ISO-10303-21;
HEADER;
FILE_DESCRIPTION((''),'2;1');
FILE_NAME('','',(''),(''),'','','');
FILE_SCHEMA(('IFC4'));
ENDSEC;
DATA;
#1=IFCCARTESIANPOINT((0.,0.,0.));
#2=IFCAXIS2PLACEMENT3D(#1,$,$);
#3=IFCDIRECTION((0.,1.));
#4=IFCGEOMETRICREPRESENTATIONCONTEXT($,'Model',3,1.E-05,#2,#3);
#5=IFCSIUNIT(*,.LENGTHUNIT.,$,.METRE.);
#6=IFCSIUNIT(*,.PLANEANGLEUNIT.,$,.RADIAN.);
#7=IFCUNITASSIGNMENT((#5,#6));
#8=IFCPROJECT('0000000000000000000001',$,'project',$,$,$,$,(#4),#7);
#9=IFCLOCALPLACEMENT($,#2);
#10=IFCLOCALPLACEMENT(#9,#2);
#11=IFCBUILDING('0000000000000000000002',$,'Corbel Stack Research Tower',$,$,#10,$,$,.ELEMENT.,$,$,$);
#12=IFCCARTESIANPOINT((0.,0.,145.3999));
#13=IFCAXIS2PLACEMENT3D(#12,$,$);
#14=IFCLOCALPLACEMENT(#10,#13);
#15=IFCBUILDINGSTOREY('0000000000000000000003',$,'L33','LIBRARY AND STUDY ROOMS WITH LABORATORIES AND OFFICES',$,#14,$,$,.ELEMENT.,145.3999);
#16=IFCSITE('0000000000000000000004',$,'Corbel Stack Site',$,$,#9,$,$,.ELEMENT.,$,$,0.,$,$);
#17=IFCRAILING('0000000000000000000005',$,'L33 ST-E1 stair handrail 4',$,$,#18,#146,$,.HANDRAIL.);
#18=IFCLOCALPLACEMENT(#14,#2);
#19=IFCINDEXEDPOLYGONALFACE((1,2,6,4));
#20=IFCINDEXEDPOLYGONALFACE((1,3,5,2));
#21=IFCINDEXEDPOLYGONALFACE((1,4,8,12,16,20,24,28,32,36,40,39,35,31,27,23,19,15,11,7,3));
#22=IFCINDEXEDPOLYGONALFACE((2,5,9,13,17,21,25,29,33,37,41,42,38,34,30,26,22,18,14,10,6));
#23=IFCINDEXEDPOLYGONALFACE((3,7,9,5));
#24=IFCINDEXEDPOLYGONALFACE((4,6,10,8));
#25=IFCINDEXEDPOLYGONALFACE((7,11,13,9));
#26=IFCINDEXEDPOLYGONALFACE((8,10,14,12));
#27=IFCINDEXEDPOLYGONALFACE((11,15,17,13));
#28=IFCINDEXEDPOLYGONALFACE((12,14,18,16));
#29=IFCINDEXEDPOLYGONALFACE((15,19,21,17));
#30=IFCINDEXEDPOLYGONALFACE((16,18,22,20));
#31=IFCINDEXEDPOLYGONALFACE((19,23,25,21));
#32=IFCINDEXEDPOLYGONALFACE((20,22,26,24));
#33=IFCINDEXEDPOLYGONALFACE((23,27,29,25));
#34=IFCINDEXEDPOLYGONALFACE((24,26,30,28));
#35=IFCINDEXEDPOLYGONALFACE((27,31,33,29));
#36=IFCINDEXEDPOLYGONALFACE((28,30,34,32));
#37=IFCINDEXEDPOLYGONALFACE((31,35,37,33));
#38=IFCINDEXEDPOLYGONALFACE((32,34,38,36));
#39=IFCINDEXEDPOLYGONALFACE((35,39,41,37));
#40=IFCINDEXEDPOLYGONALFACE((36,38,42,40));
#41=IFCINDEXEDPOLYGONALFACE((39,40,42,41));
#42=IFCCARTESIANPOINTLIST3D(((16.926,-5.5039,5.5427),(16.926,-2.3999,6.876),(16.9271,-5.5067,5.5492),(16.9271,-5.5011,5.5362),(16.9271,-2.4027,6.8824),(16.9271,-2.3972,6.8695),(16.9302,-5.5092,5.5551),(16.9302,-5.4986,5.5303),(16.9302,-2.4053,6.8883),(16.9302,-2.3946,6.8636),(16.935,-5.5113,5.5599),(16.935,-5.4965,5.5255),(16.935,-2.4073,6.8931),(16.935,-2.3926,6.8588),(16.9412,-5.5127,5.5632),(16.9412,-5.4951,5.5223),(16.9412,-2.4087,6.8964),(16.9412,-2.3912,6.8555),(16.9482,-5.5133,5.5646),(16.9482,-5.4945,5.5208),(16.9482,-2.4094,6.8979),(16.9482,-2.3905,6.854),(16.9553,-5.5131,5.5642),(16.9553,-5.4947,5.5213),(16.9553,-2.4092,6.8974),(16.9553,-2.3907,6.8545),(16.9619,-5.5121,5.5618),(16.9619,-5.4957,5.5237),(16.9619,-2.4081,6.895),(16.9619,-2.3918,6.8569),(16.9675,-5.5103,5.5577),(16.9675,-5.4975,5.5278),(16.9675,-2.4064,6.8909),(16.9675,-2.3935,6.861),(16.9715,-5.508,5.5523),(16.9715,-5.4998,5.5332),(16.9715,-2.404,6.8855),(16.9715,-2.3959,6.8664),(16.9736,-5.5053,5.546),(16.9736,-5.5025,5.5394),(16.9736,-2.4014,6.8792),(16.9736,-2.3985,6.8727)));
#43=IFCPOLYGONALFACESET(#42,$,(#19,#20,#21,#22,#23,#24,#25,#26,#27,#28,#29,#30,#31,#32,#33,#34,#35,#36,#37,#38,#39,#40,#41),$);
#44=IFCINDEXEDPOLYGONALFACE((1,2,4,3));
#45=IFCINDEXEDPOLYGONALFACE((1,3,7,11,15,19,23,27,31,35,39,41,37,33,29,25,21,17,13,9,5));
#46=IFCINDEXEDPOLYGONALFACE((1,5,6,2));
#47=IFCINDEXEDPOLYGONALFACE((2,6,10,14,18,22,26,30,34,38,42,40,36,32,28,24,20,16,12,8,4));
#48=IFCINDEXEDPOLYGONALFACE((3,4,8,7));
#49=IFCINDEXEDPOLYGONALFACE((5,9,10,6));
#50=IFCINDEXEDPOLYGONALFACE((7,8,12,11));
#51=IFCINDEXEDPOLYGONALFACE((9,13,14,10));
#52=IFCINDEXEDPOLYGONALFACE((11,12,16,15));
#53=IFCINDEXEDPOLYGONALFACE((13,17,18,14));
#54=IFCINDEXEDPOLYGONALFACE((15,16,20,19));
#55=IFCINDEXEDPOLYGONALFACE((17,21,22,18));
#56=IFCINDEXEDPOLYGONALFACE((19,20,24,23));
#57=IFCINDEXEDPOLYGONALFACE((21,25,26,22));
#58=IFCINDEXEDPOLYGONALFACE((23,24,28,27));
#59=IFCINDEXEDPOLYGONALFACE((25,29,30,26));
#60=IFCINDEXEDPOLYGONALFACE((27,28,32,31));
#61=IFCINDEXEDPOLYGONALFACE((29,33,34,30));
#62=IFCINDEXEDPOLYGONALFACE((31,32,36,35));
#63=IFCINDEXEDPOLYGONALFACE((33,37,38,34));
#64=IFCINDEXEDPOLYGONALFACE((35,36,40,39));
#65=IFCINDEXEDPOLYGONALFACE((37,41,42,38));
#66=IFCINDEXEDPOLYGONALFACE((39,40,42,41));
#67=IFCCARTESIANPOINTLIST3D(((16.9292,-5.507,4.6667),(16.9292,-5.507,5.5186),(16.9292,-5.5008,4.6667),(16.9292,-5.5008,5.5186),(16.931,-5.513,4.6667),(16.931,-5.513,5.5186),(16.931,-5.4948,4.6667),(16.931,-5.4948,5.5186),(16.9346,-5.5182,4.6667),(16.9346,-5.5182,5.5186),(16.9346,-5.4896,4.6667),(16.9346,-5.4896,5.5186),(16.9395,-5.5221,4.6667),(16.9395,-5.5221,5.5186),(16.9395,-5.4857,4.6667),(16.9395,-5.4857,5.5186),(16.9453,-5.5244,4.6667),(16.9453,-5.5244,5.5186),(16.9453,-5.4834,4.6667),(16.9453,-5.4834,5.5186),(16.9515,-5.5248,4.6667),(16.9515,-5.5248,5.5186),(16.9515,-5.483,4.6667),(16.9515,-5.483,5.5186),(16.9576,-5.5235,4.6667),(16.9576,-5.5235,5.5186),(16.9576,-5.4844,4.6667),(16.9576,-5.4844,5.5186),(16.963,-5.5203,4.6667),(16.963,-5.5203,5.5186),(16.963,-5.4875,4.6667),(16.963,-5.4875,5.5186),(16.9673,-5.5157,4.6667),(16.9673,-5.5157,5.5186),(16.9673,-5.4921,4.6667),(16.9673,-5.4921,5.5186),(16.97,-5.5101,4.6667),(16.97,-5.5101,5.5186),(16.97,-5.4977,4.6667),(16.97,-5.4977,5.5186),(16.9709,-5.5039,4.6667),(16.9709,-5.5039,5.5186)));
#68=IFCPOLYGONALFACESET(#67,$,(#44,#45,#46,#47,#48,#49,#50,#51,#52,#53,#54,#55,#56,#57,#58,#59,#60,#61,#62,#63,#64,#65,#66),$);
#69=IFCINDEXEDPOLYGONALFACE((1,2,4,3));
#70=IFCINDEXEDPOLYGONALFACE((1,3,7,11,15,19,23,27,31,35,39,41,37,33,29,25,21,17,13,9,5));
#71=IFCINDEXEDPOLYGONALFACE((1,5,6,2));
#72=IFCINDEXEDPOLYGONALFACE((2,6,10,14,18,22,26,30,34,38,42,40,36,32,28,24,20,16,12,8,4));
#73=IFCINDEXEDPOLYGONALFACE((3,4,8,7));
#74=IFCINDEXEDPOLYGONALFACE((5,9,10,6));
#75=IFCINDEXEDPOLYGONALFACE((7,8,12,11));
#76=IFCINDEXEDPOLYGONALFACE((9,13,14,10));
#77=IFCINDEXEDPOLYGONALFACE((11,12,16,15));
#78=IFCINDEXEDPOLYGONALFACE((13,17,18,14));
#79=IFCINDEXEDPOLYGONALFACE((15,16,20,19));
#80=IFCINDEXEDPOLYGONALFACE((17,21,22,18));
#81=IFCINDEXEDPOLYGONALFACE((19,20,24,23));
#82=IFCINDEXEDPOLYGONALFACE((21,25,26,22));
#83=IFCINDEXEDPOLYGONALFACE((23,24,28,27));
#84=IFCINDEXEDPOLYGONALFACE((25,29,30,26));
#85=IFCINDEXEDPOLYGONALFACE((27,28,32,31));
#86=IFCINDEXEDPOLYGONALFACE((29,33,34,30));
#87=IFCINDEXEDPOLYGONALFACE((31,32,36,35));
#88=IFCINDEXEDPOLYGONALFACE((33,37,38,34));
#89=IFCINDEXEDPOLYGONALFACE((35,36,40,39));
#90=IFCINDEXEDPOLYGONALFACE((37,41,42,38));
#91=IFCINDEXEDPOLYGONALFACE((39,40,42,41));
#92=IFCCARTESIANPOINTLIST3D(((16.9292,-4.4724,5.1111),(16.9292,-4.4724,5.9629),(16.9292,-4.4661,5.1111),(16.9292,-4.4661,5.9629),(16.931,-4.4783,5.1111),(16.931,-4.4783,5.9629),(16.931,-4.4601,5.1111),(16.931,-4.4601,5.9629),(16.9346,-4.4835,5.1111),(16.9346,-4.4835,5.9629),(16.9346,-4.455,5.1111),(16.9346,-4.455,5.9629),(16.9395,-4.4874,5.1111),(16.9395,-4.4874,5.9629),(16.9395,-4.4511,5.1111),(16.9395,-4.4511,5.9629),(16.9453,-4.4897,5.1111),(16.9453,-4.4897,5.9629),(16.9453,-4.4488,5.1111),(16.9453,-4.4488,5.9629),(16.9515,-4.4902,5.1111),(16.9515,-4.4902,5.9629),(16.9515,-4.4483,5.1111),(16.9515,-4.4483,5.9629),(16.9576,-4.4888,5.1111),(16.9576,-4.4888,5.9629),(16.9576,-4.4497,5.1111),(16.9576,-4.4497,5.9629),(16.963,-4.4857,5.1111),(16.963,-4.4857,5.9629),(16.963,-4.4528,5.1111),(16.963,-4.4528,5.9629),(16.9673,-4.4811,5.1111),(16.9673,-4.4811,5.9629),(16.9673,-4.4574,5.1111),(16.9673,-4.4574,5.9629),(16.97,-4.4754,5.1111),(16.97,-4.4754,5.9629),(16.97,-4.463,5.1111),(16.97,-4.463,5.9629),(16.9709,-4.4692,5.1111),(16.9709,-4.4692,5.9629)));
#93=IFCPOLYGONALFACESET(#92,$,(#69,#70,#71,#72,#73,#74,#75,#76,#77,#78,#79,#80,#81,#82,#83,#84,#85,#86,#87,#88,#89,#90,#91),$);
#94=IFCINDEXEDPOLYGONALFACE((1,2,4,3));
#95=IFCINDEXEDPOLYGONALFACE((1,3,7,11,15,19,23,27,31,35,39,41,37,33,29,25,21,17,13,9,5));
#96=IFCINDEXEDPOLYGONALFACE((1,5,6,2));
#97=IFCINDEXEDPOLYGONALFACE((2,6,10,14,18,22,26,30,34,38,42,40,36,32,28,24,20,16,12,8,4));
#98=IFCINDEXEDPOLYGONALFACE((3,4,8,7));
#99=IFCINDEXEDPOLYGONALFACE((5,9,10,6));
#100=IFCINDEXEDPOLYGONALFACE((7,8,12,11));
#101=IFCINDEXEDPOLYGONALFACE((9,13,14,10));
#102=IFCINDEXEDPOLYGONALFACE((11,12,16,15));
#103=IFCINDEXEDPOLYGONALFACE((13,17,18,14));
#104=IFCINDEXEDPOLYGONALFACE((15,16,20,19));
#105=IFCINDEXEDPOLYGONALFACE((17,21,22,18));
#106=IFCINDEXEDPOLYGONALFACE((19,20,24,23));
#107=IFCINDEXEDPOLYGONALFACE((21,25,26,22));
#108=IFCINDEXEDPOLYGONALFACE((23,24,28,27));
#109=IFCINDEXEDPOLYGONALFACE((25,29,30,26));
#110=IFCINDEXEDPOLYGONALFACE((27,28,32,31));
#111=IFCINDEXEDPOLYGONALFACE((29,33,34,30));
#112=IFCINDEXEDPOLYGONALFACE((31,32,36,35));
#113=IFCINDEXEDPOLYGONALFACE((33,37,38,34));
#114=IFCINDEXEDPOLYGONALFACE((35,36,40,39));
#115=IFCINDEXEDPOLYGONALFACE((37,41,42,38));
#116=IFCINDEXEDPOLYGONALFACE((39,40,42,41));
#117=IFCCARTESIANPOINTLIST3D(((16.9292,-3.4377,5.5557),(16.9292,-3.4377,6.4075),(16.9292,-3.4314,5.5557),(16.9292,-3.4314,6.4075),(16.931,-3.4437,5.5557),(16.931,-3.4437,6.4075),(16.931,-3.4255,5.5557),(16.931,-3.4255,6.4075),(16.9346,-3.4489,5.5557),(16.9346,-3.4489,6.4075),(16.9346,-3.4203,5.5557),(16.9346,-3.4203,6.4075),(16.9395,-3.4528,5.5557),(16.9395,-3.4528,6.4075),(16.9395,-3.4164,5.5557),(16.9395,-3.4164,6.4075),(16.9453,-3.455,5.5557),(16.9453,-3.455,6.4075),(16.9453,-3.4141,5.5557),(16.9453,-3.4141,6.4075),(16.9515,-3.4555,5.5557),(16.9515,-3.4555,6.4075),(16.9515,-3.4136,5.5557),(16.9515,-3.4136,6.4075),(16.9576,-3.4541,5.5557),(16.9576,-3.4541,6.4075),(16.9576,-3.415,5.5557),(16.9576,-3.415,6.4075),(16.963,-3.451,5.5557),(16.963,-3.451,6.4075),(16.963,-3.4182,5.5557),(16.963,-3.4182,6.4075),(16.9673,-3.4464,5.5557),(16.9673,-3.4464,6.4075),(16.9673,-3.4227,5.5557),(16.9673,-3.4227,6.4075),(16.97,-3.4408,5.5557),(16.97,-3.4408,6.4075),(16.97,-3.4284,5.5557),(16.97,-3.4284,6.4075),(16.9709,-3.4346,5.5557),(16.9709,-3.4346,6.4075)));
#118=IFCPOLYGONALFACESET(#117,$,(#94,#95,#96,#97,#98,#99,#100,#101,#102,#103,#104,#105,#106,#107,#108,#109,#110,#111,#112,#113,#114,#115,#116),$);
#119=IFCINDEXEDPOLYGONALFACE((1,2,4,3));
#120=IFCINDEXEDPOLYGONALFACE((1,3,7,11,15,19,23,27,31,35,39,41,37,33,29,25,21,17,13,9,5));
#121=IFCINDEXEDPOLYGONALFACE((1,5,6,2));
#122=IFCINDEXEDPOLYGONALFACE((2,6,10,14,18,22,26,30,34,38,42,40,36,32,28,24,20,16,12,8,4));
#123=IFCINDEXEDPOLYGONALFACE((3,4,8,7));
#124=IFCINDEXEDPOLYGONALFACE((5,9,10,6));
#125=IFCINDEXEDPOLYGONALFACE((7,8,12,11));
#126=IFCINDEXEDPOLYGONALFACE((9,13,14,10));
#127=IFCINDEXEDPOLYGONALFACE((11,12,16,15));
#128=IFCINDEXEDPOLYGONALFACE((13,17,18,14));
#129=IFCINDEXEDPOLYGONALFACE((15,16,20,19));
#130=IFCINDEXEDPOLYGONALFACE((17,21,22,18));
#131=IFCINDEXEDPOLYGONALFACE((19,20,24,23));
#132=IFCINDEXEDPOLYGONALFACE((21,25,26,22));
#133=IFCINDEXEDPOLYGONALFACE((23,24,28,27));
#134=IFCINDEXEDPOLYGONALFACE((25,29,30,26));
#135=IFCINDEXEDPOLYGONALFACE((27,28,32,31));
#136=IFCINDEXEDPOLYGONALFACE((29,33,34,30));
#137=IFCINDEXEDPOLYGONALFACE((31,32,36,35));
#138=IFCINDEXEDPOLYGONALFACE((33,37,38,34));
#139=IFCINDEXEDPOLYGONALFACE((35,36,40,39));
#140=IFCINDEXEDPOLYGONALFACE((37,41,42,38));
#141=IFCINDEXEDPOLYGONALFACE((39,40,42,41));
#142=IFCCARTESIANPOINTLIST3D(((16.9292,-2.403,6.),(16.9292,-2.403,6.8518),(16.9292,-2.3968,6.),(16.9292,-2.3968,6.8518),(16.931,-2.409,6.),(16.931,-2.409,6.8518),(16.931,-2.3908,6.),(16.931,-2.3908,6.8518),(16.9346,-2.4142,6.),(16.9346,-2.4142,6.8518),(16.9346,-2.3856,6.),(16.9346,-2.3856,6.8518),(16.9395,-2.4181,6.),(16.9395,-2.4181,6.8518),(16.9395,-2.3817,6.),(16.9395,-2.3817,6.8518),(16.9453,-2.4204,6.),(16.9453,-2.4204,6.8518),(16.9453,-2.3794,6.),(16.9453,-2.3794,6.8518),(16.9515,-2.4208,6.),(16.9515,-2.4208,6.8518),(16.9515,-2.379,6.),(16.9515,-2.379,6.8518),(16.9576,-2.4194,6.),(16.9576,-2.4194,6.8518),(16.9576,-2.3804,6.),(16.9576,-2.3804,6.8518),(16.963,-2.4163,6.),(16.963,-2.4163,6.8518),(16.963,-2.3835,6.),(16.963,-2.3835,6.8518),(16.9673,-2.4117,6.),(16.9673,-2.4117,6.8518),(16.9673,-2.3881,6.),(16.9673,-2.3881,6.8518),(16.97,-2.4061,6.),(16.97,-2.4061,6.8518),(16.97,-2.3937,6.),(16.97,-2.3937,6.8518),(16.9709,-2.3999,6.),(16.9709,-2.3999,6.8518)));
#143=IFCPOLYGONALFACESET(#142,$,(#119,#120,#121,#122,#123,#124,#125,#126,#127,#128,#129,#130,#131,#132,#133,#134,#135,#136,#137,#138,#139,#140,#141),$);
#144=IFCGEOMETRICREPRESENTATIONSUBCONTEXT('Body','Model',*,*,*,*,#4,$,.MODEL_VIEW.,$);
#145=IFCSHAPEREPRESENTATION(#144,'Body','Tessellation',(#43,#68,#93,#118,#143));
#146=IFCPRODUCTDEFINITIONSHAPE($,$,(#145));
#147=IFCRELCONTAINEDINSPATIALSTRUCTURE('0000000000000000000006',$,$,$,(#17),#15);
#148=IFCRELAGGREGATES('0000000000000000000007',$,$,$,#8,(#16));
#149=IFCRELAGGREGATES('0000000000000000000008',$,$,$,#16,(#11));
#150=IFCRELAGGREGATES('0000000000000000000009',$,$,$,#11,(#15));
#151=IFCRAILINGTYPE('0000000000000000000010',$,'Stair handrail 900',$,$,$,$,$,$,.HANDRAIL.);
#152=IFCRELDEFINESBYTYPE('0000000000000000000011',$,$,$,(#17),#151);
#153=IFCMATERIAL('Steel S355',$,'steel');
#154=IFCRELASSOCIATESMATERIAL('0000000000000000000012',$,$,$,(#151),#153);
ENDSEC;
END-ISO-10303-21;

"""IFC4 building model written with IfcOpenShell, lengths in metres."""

from ifc_helpers import new_model, si_unit, direction, frame, origin, origin_2d, place, context, subcontext, project, spatial, circle, extrude, material, type_object, element, save


model = new_model("IFC4")

# Units and contexts
model_context = context("Model", 3, precision=1e-05, world=origin(), true_north=direction((0.0, 1.0)))
body_context = subcontext(model_context, "Body", "Model", "MODEL_VIEW")
ifc_project = project(units=[si_unit("LENGTHUNIT", "METRE"), si_unit("PLANEANGLEUNIT", "RADIAN")], contexts=[model_context])

# Site, building, storey
site_placement = place(None, origin())
site = spatial("IfcSite", under=ifc_project, at=site_placement, Name="Corbel Stack Site", CompositionType="ELEMENT", RefElevation=0.0)
building_placement = place(site_placement, origin())
building = spatial("IfcBuilding", under=site, at=building_placement, Name="Corbel Stack Research Tower", CompositionType="ELEMENT")
storey_placement = place(building_placement, frame((0.0, 0.0, 145.3999)))
storey = spatial("IfcBuildingStorey", under=building, at=storey_placement, Name="L33", Description="LIBRARY AND STUDY ROOMS WITH LABORATORIES AND OFFICES", CompositionType="ELEMENT", Elevation=145.3999)

# Railing
ifc_material_1 = material(Name="Steel S355", Category="steel")
railing_type_1 = type_object("IfcRailingType", Name="Stair handrail 900", PredefinedType="HANDRAIL", material=ifc_material_1)
for number, where, name in (
    (1, (16.95, -5.5039, 4.6667), "L33 ST-E1 stair handrail 4"),
):
    element("IfcRailing", number, at=place(storey_placement, frame(where)), inside=storey, type_object=railing_type_1, Name=name, PredefinedType="HANDRAIL", context=body_context, shape_type="SweptSolid", body=[
        extrude(circle(Radius=0.0239, at=origin_2d()), frame((0.0, 0.0, 0.876), z_axis=(0.0, 0.918827, 0.394661), x_axis=(-1.0, 0.0, 0.0)), (0.0, 0.0, 1.0), 3.3782),
        extrude(circle(Radius=0.021, at=origin_2d()), origin(), (0.0, 0.0, 1.0), 0.8518),
        extrude(circle(Radius=0.021, at=origin_2d()), frame((0.0, 1.0347, 0.4443)), (0.0, 0.0, 1.0), 0.8518),
        extrude(circle(Radius=0.021, at=origin_2d()), frame((0.0, 2.0693, 0.8889)), (0.0, 0.0, 1.0), 0.8518),
        extrude(circle(Radius=0.021, at=origin_2d()), frame((0.0, 3.104, 1.3333)), (0.0, 0.0, 1.0), 0.8518),
    ])

save(model, "model.ifc")
